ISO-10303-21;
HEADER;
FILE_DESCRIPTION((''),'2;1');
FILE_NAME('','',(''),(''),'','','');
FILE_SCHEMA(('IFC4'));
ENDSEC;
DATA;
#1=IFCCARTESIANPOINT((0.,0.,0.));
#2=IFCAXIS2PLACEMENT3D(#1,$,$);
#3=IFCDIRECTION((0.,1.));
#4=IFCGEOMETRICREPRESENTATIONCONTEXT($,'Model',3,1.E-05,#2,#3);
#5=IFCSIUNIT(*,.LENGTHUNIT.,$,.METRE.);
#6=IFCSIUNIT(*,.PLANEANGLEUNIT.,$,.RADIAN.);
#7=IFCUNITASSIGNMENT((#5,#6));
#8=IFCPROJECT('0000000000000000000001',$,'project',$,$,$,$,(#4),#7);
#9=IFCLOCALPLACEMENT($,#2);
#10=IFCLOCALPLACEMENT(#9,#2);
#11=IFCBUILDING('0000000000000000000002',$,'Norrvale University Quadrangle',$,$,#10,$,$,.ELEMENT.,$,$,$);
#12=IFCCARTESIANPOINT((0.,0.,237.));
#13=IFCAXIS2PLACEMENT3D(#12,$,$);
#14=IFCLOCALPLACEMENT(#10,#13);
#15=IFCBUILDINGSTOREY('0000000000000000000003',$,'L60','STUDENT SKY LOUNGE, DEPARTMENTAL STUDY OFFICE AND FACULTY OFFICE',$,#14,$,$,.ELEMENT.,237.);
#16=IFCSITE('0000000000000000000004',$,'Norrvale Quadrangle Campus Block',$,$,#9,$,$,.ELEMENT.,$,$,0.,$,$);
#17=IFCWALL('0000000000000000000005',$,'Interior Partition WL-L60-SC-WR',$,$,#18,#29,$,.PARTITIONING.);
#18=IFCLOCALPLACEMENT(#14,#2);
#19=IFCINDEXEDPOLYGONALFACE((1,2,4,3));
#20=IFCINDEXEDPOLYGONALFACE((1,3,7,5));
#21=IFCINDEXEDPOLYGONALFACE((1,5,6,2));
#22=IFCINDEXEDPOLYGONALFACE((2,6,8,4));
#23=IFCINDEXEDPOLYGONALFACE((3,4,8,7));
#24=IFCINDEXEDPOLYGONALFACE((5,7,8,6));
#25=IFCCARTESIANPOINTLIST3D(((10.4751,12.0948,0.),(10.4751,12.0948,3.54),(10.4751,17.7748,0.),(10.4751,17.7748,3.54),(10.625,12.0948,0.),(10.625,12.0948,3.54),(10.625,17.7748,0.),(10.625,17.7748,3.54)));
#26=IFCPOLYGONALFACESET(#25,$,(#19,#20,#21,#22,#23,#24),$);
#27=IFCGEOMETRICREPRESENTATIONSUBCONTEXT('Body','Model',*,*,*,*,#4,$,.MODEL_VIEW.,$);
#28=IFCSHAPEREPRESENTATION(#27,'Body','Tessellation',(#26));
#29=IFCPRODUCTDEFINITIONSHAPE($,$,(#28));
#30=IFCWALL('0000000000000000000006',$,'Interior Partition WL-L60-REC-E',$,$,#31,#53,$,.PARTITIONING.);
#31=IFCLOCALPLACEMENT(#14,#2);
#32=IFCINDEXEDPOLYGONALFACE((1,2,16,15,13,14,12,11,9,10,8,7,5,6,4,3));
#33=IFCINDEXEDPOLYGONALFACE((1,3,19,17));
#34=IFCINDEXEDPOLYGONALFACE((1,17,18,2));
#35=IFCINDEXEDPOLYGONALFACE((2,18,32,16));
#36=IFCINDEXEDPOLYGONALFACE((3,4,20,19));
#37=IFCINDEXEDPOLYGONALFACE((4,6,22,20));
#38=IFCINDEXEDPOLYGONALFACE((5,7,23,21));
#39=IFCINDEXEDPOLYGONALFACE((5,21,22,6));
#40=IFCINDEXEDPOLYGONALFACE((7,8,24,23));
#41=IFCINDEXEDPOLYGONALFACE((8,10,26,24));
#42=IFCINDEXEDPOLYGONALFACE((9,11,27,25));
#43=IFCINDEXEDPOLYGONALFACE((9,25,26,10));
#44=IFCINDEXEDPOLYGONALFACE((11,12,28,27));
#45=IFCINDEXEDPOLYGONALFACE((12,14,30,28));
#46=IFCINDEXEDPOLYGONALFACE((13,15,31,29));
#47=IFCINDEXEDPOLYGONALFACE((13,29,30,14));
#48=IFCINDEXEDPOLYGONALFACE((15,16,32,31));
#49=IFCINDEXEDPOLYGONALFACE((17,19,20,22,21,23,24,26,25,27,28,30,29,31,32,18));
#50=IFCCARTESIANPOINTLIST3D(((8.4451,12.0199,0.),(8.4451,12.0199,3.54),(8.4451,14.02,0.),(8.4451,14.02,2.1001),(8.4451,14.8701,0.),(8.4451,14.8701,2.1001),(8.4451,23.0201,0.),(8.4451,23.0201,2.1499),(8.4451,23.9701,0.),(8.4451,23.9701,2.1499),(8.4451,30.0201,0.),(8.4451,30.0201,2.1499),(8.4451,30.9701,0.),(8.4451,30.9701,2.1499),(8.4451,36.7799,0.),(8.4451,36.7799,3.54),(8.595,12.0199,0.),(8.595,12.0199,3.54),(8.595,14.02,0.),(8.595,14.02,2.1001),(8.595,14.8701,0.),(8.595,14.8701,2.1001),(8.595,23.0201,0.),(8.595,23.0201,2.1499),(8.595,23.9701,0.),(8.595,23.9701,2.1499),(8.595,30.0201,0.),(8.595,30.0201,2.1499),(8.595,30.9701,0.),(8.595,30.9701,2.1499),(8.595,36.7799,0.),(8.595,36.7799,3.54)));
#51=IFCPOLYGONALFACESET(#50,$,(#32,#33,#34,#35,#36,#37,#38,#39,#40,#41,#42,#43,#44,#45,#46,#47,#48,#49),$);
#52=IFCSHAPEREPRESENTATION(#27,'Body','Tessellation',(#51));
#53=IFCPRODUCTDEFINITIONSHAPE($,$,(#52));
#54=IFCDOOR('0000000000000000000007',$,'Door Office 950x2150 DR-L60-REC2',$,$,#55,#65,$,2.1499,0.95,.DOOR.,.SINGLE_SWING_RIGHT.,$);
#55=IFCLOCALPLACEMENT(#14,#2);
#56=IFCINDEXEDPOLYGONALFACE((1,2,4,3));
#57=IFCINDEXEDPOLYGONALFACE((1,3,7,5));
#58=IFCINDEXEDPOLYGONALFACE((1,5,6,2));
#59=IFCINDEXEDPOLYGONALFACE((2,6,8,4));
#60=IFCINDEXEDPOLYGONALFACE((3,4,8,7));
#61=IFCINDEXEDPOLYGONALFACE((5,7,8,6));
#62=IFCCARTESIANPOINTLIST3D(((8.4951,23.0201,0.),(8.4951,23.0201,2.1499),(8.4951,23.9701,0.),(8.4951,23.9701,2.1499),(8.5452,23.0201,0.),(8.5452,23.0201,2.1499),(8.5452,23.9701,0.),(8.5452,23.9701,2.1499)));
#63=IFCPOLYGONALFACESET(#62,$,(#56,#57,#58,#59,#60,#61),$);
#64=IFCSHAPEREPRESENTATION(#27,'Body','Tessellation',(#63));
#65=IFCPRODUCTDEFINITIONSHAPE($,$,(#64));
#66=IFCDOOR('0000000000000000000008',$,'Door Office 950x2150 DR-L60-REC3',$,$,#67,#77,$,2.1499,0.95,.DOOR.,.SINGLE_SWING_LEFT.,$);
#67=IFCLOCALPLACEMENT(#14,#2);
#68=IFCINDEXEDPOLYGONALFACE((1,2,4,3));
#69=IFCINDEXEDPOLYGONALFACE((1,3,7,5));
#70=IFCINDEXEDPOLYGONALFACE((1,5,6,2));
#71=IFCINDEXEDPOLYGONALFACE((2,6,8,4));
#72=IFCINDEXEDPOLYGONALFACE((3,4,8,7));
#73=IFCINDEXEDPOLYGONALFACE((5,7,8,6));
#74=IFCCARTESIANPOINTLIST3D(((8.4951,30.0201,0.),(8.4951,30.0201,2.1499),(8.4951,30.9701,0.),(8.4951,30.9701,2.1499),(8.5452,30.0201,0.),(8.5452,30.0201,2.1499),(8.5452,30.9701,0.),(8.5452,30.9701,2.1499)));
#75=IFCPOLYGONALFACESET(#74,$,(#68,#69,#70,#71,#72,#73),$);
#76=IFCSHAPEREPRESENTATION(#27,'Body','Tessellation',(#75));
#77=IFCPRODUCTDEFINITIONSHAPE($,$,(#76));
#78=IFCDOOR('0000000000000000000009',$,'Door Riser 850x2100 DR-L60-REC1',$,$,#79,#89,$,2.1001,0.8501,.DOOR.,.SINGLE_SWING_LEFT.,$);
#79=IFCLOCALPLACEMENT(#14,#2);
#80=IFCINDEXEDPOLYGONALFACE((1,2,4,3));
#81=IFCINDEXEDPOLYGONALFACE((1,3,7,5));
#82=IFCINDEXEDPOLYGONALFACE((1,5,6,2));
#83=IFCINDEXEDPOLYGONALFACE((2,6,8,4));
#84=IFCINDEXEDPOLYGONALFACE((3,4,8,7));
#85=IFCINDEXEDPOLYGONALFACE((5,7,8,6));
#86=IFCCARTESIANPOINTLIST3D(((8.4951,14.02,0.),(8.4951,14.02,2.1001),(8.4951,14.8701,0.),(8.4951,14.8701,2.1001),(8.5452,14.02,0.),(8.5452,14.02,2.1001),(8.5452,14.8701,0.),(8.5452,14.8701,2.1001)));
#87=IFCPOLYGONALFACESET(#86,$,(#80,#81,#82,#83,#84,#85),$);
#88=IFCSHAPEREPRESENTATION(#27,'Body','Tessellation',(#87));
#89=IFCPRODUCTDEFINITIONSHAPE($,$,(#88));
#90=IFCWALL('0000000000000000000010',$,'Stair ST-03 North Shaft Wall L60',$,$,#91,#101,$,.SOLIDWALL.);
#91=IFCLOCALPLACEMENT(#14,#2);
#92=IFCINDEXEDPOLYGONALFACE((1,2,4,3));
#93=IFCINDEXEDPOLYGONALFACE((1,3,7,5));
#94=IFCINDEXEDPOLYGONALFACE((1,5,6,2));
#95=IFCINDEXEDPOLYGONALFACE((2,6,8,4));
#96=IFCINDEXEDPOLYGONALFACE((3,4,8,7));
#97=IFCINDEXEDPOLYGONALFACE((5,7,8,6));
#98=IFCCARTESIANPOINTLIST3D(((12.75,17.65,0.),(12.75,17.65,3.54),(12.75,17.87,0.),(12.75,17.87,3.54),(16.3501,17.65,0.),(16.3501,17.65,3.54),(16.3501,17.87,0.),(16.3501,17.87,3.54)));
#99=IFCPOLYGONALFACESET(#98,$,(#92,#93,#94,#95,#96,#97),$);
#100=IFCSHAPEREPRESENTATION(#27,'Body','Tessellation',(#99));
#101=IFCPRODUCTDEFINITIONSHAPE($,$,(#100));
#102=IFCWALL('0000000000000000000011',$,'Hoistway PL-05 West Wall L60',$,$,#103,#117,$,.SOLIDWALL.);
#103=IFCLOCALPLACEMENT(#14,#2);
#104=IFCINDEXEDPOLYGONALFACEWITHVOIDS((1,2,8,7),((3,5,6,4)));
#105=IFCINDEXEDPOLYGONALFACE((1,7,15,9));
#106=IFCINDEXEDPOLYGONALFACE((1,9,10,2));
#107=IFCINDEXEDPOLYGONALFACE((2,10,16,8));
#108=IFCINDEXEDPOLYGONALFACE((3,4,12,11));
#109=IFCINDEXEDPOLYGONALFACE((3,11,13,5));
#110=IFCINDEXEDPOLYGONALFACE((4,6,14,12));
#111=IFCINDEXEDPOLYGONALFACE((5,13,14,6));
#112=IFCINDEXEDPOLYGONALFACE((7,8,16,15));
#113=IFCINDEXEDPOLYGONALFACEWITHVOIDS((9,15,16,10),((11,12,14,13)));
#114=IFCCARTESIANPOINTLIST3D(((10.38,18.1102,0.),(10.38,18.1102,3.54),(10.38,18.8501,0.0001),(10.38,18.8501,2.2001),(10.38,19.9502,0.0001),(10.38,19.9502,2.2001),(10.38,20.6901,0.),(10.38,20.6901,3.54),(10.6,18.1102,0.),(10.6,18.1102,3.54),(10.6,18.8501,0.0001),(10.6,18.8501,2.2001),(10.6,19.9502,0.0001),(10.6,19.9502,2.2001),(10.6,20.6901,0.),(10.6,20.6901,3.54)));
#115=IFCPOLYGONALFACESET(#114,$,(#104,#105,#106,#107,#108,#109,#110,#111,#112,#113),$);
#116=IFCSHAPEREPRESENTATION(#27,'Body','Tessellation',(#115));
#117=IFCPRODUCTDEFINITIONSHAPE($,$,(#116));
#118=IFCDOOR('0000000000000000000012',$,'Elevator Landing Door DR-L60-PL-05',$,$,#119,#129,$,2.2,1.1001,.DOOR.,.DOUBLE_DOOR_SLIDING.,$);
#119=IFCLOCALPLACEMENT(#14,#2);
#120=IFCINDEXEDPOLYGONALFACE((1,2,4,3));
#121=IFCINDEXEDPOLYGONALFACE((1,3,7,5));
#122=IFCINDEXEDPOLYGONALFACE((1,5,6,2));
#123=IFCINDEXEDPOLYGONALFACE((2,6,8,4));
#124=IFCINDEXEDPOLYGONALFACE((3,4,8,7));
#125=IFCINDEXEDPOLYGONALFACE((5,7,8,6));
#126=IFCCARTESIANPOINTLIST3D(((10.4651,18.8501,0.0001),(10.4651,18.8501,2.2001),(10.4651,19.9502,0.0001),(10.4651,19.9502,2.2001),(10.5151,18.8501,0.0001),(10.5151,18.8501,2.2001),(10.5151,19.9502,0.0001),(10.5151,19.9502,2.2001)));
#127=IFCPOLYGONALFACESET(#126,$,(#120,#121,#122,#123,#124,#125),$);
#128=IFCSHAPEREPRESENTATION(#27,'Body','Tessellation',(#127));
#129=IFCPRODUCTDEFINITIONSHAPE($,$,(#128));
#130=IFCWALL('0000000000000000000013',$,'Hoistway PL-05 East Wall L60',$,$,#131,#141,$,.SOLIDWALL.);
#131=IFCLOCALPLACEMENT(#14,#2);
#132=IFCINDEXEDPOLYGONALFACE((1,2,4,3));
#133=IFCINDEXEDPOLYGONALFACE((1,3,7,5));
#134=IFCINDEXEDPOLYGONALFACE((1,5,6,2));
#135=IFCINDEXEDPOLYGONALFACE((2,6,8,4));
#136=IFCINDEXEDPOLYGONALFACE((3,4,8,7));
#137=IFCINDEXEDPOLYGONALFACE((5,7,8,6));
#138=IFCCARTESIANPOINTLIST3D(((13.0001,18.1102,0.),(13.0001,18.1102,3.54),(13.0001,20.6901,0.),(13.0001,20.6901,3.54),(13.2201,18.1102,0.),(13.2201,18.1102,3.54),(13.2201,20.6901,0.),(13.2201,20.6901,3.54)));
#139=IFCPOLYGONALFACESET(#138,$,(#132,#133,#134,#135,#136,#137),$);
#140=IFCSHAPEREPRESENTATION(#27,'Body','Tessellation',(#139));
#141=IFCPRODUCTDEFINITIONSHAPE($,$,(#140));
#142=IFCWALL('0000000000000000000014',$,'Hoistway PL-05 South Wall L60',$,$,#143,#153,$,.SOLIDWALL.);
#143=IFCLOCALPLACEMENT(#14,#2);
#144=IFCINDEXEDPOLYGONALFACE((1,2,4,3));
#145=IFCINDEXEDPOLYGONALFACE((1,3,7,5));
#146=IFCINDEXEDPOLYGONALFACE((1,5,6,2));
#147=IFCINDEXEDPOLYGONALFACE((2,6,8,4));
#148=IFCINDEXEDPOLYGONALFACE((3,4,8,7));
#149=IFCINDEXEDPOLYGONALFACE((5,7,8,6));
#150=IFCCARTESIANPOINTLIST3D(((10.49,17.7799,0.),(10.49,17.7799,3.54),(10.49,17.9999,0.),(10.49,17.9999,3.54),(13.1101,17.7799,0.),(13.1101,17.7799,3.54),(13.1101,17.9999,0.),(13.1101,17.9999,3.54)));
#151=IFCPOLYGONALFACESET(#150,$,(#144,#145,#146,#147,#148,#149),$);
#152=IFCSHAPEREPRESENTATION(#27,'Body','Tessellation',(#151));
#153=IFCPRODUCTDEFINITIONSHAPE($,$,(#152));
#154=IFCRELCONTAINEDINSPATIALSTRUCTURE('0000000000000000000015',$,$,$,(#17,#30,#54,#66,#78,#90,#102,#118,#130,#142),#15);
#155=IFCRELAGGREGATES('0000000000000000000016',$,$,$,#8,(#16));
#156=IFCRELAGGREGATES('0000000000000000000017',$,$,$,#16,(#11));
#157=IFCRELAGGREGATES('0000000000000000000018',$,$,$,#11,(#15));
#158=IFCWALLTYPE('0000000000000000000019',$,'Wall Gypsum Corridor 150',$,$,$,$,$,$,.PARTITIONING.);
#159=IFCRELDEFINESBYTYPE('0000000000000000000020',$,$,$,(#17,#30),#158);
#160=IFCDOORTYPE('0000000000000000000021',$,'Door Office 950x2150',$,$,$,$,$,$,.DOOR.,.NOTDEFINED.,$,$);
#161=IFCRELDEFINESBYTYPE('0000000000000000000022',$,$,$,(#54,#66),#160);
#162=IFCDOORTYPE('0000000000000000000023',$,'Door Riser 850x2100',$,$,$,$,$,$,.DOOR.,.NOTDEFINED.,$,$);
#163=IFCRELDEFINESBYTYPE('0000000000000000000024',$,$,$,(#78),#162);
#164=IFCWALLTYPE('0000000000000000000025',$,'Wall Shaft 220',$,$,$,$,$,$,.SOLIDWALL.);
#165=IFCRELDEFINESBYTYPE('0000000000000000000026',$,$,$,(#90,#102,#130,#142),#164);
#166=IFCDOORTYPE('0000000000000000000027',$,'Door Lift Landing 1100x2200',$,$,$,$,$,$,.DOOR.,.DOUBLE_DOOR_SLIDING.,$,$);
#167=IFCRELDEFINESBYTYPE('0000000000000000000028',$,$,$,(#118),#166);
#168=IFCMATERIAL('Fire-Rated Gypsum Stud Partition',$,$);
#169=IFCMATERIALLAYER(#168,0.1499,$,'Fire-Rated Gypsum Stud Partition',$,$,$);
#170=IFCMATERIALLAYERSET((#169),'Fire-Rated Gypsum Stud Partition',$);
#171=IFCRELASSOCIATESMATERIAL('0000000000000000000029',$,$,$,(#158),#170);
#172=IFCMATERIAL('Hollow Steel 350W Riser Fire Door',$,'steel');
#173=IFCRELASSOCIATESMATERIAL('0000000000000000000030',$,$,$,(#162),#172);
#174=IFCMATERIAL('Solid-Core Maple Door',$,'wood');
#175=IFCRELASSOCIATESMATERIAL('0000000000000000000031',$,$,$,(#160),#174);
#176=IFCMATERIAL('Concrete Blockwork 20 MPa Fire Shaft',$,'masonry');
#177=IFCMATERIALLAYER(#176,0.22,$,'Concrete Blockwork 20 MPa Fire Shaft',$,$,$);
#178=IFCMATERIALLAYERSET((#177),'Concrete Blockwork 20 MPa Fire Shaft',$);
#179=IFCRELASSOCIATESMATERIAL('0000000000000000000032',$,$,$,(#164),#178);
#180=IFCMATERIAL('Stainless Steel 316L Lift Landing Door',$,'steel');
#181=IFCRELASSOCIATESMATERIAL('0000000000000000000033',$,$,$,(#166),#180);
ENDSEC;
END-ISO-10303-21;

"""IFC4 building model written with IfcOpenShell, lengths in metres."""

from ifc_helpers import new_model, si_unit, direction, frame, frame_2d, origin, place, context, subcontext, project, spatial, rectangle, extrude, material, layer, layer_set, type_object, element, fill, save


model = new_model("IFC4")

# Units and contexts
model_context = context("Model", 3, precision=1e-05, world=origin(), true_north=direction((0.0, 1.0)))
body_context = subcontext(model_context, "Body", "Model", "MODEL_VIEW")
ifc_project = project(units=[si_unit("LENGTHUNIT", "METRE"), si_unit("PLANEANGLEUNIT", "RADIAN")], contexts=[model_context])

# Site, building, storey
site_placement = place(None, origin())
site = spatial("IfcSite", under=ifc_project, at=site_placement, Name="Norrvale Quadrangle Campus Block", CompositionType="ELEMENT", RefElevation=0.0)
building_placement = place(site_placement, origin())
building = spatial("IfcBuilding", under=site, at=building_placement, Name="Norrvale University Quadrangle", CompositionType="ELEMENT")
storey_placement = place(building_placement, frame((0.0, 0.0, 237.0)))
storey = spatial("IfcBuildingStorey", under=building, at=storey_placement, Name="L60", Description="STUDENT SKY LOUNGE, DEPARTMENTAL STUDY OFFICE AND FACULTY OFFICE", CompositionType="ELEMENT", Elevation=237.0)

# Shared definitions
ifc_material_1 = material(Name="Fire-Rated Gypsum Stud Partition")
ifc_layer_1 = layer(ifc_material_1, 0.1499, Name="Fire-Rated Gypsum Stud Partition")
ifc_layer_set_1 = layer_set([ifc_layer_1], Name="Fire-Rated Gypsum Stud Partition")
wall_type_1 = type_object("IfcWallType", Name="Wall Gypsum Corridor 150", PredefinedType="PARTITIONING", material=ifc_layer_set_1)
ifc_material_2 = material(Name="Hollow Steel 350W Riser Fire Door", Category="steel")
door_type_1 = type_object("IfcDoorType", Name="Door Riser 850x2100", OperationType="NOTDEFINED", PredefinedType="DOOR", material=ifc_material_2)

# Wall
wall_1_placement = place(storey_placement, frame((10.55, 12.095, 0.0), z_axis=(0.0, 0.0, 1.0), x_axis=(0.0, 1.0, 0.0)))
element("IfcWall", 1, at=wall_1_placement, inside=storey, type_object=wall_type_1, Name="Interior Partition WL-L60-SC-WR", PredefinedType="PARTITIONING", context=body_context, shape_type="SweptSolid", body=[
    extrude(rectangle(XDim=5.6799, YDim=0.1499, at=frame_2d((2.8398, 0.0))), origin(), (0.0, 0.0, 1.0), 3.54),
])

# Wall, openings, doors
wall_2_placement = place(storey_placement, frame((8.52, 12.02, 0.0), z_axis=(0.0, 0.0, 1.0), x_axis=(0.0, 1.0, 0.0)))
wall_2 = element("IfcWall", 2, at=wall_2_placement, inside=storey, type_object=wall_type_1, Name="Interior Partition WL-L60-REC-E", PredefinedType="PARTITIONING", context=body_context, shape_type="SweptSolid", body=[
    extrude(rectangle(XDim=24.76, YDim=0.1499, at=frame_2d((12.3799, 0.0))), origin(), (0.0, 0.0, 1.0), 3.54),
])
opening_1_placement = place(wall_2_placement, frame((2.0, 0.0, 0.0)))
opening_1 = element("IfcOpeningElement", 3, at=opening_1_placement, cuts=wall_2, PredefinedType="OPENING", context=body_context, shape_type="SweptSolid", body=[
    extrude(rectangle(XDim=0.8501, YDim=2.1001, at=frame_2d((0.425, 1.05))), frame((0.0, 0.0869, 0.0), z_axis=(0.0, -1.0, 0.0), x_axis=(1.0, 0.0, 0.0)), (0.0, 0.0, 1.0), 0.1738),
])
opening_2_placement = place(wall_2_placement, frame((11.0, 0.0, 0.0)))
opening_2 = element("IfcOpeningElement", 4, at=opening_2_placement, cuts=wall_2, PredefinedType="OPENING", context=body_context, shape_type="SweptSolid", body=[
    extrude(rectangle(XDim=0.95, YDim=2.1499, at=frame_2d((0.4751, 1.075))), frame((0.0, 0.0869, 0.0), z_axis=(0.0, -1.0, 0.0), x_axis=(1.0, 0.0, 0.0)), (0.0, 0.0, 1.0), 0.1738),
])
opening_3_placement = place(wall_2_placement, frame((18.0, 0.0, 0.0)))
opening_3 = element("IfcOpeningElement", 5, at=opening_3_placement, cuts=wall_2, PredefinedType="OPENING", context=body_context, shape_type="SweptSolid", body=[
    extrude(rectangle(XDim=0.95, YDim=2.1499, at=frame_2d((0.4751, 1.075))), frame((0.0, 0.0869, 0.0), z_axis=(0.0, -1.0, 0.0), x_axis=(1.0, 0.0, 0.0)), (0.0, 0.0, 1.0), 0.1738),
])
ifc_material_3 = material(Name="Solid-Core Maple Door", Category="wood")
door_type_2 = type_object("IfcDoorType", Name="Door Office 950x2150", OperationType="NOTDEFINED", PredefinedType="DOOR", material=ifc_material_3)
door_1_placement = place(opening_2_placement, origin())
door_1 = element("IfcDoor", 6, at=door_1_placement, inside=storey, type_object=door_type_2, Name="Door Office 950x2150 DR-L60-REC2", OperationType="SINGLE_SWING_RIGHT", OverallHeight=2.1499, OverallWidth=0.95, PredefinedType="DOOR", context=body_context, shape_type="SweptSolid", body=[
    extrude(rectangle(XDim=0.95, YDim=2.1499, at=frame_2d((0.4751, 1.075))), frame((0.0, 0.0249, 0.0), z_axis=(0.0, -1.0, 0.0), x_axis=(1.0, 0.0, 0.0)), (0.0, 0.0, 1.0), 0.05),
])
fill(opening_2, door_1)
door_2_placement = place(opening_3_placement, origin())
door_2 = element("IfcDoor", 7, at=door_2_placement, inside=storey, type_object=door_type_2, Name="Door Office 950x2150 DR-L60-REC3", OperationType="SINGLE_SWING_LEFT", OverallHeight=2.1499, OverallWidth=0.95, PredefinedType="DOOR", context=body_context, shape_type="SweptSolid", body=[
    extrude(rectangle(XDim=0.95, YDim=2.1499, at=frame_2d((0.4751, 1.075))), frame((0.0, 0.0249, 0.0), z_axis=(0.0, -1.0, 0.0), x_axis=(1.0, 0.0, 0.0)), (0.0, 0.0, 1.0), 0.05),
])
fill(opening_3, door_2)
door_3_placement = place(opening_1_placement, origin())
door_3 = element("IfcDoor", 8, at=door_3_placement, inside=storey, type_object=door_type_1, Name="Door Riser 850x2100 DR-L60-REC1", OperationType="SINGLE_SWING_LEFT", OverallHeight=2.1001, OverallWidth=0.8501, PredefinedType="DOOR", context=body_context, shape_type="SweptSolid", body=[
    extrude(rectangle(XDim=0.8501, YDim=2.1001, at=frame_2d((0.425, 1.05))), frame((0.0, 0.0249, 0.0), z_axis=(0.0, -1.0, 0.0), x_axis=(1.0, 0.0, 0.0)), (0.0, 0.0, 1.0), 0.05),
])
fill(opening_1, door_3)

# Wall
ifc_material_4 = material(Name="Concrete Blockwork 20 MPa Fire Shaft", Category="masonry")
ifc_layer_2 = layer(ifc_material_4, 0.22, Name="Concrete Blockwork 20 MPa Fire Shaft")
ifc_layer_set_2 = layer_set([ifc_layer_2], Name="Concrete Blockwork 20 MPa Fire Shaft")
wall_type_2 = type_object("IfcWallType", Name="Wall Shaft 220", PredefinedType="SOLIDWALL", material=ifc_layer_set_2)
wall_3_placement = place(storey_placement, frame((12.75, 17.76, 0.0), z_axis=(0.0, 0.0, 1.0), x_axis=(1.0, 0.0, 0.0)))
element("IfcWall", 9, at=wall_3_placement, inside=storey, type_object=wall_type_2, Name="Stair ST-03 North Shaft Wall L60", PredefinedType="SOLIDWALL", context=body_context, shape_type="SweptSolid", body=[
    extrude(rectangle(XDim=3.6001, YDim=0.22, at=frame_2d((1.8, 0.0))), origin(), (0.0, 0.0, 1.0), 3.54),
])

# Wall, opening, door
wall_4_placement = place(storey_placement, frame((10.49, 18.1101, 0.0), z_axis=(0.0, 0.0, 1.0), x_axis=(0.0, 1.0, 0.0)))
wall_4 = element("IfcWall", 10, at=wall_4_placement, inside=storey, type_object=wall_type_2, Name="Hoistway PL-05 West Wall L60", PredefinedType="SOLIDWALL", context=body_context, shape_type="SweptSolid", body=[
    extrude(rectangle(XDim=2.5798, YDim=0.22, at=frame_2d((1.29, 0.0))), origin(), (0.0, 0.0, 1.0), 3.54),
])
opening_4_placement = place(wall_4_placement, frame((0.74, 0.0, 0.0)))
opening_4 = element("IfcOpeningElement", 11, at=opening_4_placement, cuts=wall_4, PredefinedType="OPENING", context=body_context, shape_type="SweptSolid", body=[
    extrude(rectangle(XDim=1.1001, YDim=2.2, at=frame_2d((0.55, 1.1001))), frame((0.0, 0.1221, 0.0), z_axis=(0.0, -1.0, 0.0), x_axis=(1.0, 0.0, 0.0)), (0.0, 0.0, 1.0), 0.2439),
])
ifc_material_5 = material(Name="Stainless Steel 316L Lift Landing Door", Category="steel")
door_type_3 = type_object("IfcDoorType", Name="Door Lift Landing 1100x2200", OperationType="DOUBLE_DOOR_SLIDING", PredefinedType="DOOR", material=ifc_material_5)
door_4_placement = place(opening_4_placement, origin())
door_4 = element("IfcDoor", 12, at=door_4_placement, inside=storey, type_object=door_type_3, Name="Elevator Landing Door DR-L60-PL-05", OperationType="DOUBLE_DOOR_SLIDING", OverallHeight=2.2, OverallWidth=1.1001, PredefinedType="DOOR", context=body_context, shape_type="SweptSolid", body=[
    extrude(rectangle(XDim=1.1001, YDim=2.2, at=frame_2d((0.55, 1.1001))), frame((0.0, 0.0249, 0.0), z_axis=(0.0, -1.0, 0.0), x_axis=(1.0, 0.0, 0.0)), (0.0, 0.0, 1.0), 0.05),
])
fill(opening_4, door_4)

# Walls
wall_5_placement = place(storey_placement, frame((13.1101, 18.1101, 0.0), z_axis=(0.0, 0.0, 1.0), x_axis=(0.0, 1.0, 0.0)))
element("IfcWall", 13, at=wall_5_placement, inside=storey, type_object=wall_type_2, Name="Hoistway PL-05 East Wall L60", PredefinedType="SOLIDWALL", context=body_context, shape_type="SweptSolid", body=[
    extrude(rectangle(XDim=2.5798, YDim=0.22, at=frame_2d((1.29, 0.0))), origin(), (0.0, 0.0, 1.0), 3.54),
])
wall_6_placement = place(storey_placement, frame((10.49, 17.8899, 0.0), z_axis=(0.0, 0.0, 1.0), x_axis=(1.0, 0.0, 0.0)))
element("IfcWall", 14, at=wall_6_placement, inside=storey, type_object=wall_type_2, Name="Hoistway PL-05 South Wall L60", PredefinedType="SOLIDWALL", context=body_context, shape_type="SweptSolid", body=[
    extrude(rectangle(XDim=2.6201, YDim=0.22, at=frame_2d((1.3101, 0.0))), origin(), (0.0, 0.0, 1.0), 3.54),
])

save(model, "model.ifc")
